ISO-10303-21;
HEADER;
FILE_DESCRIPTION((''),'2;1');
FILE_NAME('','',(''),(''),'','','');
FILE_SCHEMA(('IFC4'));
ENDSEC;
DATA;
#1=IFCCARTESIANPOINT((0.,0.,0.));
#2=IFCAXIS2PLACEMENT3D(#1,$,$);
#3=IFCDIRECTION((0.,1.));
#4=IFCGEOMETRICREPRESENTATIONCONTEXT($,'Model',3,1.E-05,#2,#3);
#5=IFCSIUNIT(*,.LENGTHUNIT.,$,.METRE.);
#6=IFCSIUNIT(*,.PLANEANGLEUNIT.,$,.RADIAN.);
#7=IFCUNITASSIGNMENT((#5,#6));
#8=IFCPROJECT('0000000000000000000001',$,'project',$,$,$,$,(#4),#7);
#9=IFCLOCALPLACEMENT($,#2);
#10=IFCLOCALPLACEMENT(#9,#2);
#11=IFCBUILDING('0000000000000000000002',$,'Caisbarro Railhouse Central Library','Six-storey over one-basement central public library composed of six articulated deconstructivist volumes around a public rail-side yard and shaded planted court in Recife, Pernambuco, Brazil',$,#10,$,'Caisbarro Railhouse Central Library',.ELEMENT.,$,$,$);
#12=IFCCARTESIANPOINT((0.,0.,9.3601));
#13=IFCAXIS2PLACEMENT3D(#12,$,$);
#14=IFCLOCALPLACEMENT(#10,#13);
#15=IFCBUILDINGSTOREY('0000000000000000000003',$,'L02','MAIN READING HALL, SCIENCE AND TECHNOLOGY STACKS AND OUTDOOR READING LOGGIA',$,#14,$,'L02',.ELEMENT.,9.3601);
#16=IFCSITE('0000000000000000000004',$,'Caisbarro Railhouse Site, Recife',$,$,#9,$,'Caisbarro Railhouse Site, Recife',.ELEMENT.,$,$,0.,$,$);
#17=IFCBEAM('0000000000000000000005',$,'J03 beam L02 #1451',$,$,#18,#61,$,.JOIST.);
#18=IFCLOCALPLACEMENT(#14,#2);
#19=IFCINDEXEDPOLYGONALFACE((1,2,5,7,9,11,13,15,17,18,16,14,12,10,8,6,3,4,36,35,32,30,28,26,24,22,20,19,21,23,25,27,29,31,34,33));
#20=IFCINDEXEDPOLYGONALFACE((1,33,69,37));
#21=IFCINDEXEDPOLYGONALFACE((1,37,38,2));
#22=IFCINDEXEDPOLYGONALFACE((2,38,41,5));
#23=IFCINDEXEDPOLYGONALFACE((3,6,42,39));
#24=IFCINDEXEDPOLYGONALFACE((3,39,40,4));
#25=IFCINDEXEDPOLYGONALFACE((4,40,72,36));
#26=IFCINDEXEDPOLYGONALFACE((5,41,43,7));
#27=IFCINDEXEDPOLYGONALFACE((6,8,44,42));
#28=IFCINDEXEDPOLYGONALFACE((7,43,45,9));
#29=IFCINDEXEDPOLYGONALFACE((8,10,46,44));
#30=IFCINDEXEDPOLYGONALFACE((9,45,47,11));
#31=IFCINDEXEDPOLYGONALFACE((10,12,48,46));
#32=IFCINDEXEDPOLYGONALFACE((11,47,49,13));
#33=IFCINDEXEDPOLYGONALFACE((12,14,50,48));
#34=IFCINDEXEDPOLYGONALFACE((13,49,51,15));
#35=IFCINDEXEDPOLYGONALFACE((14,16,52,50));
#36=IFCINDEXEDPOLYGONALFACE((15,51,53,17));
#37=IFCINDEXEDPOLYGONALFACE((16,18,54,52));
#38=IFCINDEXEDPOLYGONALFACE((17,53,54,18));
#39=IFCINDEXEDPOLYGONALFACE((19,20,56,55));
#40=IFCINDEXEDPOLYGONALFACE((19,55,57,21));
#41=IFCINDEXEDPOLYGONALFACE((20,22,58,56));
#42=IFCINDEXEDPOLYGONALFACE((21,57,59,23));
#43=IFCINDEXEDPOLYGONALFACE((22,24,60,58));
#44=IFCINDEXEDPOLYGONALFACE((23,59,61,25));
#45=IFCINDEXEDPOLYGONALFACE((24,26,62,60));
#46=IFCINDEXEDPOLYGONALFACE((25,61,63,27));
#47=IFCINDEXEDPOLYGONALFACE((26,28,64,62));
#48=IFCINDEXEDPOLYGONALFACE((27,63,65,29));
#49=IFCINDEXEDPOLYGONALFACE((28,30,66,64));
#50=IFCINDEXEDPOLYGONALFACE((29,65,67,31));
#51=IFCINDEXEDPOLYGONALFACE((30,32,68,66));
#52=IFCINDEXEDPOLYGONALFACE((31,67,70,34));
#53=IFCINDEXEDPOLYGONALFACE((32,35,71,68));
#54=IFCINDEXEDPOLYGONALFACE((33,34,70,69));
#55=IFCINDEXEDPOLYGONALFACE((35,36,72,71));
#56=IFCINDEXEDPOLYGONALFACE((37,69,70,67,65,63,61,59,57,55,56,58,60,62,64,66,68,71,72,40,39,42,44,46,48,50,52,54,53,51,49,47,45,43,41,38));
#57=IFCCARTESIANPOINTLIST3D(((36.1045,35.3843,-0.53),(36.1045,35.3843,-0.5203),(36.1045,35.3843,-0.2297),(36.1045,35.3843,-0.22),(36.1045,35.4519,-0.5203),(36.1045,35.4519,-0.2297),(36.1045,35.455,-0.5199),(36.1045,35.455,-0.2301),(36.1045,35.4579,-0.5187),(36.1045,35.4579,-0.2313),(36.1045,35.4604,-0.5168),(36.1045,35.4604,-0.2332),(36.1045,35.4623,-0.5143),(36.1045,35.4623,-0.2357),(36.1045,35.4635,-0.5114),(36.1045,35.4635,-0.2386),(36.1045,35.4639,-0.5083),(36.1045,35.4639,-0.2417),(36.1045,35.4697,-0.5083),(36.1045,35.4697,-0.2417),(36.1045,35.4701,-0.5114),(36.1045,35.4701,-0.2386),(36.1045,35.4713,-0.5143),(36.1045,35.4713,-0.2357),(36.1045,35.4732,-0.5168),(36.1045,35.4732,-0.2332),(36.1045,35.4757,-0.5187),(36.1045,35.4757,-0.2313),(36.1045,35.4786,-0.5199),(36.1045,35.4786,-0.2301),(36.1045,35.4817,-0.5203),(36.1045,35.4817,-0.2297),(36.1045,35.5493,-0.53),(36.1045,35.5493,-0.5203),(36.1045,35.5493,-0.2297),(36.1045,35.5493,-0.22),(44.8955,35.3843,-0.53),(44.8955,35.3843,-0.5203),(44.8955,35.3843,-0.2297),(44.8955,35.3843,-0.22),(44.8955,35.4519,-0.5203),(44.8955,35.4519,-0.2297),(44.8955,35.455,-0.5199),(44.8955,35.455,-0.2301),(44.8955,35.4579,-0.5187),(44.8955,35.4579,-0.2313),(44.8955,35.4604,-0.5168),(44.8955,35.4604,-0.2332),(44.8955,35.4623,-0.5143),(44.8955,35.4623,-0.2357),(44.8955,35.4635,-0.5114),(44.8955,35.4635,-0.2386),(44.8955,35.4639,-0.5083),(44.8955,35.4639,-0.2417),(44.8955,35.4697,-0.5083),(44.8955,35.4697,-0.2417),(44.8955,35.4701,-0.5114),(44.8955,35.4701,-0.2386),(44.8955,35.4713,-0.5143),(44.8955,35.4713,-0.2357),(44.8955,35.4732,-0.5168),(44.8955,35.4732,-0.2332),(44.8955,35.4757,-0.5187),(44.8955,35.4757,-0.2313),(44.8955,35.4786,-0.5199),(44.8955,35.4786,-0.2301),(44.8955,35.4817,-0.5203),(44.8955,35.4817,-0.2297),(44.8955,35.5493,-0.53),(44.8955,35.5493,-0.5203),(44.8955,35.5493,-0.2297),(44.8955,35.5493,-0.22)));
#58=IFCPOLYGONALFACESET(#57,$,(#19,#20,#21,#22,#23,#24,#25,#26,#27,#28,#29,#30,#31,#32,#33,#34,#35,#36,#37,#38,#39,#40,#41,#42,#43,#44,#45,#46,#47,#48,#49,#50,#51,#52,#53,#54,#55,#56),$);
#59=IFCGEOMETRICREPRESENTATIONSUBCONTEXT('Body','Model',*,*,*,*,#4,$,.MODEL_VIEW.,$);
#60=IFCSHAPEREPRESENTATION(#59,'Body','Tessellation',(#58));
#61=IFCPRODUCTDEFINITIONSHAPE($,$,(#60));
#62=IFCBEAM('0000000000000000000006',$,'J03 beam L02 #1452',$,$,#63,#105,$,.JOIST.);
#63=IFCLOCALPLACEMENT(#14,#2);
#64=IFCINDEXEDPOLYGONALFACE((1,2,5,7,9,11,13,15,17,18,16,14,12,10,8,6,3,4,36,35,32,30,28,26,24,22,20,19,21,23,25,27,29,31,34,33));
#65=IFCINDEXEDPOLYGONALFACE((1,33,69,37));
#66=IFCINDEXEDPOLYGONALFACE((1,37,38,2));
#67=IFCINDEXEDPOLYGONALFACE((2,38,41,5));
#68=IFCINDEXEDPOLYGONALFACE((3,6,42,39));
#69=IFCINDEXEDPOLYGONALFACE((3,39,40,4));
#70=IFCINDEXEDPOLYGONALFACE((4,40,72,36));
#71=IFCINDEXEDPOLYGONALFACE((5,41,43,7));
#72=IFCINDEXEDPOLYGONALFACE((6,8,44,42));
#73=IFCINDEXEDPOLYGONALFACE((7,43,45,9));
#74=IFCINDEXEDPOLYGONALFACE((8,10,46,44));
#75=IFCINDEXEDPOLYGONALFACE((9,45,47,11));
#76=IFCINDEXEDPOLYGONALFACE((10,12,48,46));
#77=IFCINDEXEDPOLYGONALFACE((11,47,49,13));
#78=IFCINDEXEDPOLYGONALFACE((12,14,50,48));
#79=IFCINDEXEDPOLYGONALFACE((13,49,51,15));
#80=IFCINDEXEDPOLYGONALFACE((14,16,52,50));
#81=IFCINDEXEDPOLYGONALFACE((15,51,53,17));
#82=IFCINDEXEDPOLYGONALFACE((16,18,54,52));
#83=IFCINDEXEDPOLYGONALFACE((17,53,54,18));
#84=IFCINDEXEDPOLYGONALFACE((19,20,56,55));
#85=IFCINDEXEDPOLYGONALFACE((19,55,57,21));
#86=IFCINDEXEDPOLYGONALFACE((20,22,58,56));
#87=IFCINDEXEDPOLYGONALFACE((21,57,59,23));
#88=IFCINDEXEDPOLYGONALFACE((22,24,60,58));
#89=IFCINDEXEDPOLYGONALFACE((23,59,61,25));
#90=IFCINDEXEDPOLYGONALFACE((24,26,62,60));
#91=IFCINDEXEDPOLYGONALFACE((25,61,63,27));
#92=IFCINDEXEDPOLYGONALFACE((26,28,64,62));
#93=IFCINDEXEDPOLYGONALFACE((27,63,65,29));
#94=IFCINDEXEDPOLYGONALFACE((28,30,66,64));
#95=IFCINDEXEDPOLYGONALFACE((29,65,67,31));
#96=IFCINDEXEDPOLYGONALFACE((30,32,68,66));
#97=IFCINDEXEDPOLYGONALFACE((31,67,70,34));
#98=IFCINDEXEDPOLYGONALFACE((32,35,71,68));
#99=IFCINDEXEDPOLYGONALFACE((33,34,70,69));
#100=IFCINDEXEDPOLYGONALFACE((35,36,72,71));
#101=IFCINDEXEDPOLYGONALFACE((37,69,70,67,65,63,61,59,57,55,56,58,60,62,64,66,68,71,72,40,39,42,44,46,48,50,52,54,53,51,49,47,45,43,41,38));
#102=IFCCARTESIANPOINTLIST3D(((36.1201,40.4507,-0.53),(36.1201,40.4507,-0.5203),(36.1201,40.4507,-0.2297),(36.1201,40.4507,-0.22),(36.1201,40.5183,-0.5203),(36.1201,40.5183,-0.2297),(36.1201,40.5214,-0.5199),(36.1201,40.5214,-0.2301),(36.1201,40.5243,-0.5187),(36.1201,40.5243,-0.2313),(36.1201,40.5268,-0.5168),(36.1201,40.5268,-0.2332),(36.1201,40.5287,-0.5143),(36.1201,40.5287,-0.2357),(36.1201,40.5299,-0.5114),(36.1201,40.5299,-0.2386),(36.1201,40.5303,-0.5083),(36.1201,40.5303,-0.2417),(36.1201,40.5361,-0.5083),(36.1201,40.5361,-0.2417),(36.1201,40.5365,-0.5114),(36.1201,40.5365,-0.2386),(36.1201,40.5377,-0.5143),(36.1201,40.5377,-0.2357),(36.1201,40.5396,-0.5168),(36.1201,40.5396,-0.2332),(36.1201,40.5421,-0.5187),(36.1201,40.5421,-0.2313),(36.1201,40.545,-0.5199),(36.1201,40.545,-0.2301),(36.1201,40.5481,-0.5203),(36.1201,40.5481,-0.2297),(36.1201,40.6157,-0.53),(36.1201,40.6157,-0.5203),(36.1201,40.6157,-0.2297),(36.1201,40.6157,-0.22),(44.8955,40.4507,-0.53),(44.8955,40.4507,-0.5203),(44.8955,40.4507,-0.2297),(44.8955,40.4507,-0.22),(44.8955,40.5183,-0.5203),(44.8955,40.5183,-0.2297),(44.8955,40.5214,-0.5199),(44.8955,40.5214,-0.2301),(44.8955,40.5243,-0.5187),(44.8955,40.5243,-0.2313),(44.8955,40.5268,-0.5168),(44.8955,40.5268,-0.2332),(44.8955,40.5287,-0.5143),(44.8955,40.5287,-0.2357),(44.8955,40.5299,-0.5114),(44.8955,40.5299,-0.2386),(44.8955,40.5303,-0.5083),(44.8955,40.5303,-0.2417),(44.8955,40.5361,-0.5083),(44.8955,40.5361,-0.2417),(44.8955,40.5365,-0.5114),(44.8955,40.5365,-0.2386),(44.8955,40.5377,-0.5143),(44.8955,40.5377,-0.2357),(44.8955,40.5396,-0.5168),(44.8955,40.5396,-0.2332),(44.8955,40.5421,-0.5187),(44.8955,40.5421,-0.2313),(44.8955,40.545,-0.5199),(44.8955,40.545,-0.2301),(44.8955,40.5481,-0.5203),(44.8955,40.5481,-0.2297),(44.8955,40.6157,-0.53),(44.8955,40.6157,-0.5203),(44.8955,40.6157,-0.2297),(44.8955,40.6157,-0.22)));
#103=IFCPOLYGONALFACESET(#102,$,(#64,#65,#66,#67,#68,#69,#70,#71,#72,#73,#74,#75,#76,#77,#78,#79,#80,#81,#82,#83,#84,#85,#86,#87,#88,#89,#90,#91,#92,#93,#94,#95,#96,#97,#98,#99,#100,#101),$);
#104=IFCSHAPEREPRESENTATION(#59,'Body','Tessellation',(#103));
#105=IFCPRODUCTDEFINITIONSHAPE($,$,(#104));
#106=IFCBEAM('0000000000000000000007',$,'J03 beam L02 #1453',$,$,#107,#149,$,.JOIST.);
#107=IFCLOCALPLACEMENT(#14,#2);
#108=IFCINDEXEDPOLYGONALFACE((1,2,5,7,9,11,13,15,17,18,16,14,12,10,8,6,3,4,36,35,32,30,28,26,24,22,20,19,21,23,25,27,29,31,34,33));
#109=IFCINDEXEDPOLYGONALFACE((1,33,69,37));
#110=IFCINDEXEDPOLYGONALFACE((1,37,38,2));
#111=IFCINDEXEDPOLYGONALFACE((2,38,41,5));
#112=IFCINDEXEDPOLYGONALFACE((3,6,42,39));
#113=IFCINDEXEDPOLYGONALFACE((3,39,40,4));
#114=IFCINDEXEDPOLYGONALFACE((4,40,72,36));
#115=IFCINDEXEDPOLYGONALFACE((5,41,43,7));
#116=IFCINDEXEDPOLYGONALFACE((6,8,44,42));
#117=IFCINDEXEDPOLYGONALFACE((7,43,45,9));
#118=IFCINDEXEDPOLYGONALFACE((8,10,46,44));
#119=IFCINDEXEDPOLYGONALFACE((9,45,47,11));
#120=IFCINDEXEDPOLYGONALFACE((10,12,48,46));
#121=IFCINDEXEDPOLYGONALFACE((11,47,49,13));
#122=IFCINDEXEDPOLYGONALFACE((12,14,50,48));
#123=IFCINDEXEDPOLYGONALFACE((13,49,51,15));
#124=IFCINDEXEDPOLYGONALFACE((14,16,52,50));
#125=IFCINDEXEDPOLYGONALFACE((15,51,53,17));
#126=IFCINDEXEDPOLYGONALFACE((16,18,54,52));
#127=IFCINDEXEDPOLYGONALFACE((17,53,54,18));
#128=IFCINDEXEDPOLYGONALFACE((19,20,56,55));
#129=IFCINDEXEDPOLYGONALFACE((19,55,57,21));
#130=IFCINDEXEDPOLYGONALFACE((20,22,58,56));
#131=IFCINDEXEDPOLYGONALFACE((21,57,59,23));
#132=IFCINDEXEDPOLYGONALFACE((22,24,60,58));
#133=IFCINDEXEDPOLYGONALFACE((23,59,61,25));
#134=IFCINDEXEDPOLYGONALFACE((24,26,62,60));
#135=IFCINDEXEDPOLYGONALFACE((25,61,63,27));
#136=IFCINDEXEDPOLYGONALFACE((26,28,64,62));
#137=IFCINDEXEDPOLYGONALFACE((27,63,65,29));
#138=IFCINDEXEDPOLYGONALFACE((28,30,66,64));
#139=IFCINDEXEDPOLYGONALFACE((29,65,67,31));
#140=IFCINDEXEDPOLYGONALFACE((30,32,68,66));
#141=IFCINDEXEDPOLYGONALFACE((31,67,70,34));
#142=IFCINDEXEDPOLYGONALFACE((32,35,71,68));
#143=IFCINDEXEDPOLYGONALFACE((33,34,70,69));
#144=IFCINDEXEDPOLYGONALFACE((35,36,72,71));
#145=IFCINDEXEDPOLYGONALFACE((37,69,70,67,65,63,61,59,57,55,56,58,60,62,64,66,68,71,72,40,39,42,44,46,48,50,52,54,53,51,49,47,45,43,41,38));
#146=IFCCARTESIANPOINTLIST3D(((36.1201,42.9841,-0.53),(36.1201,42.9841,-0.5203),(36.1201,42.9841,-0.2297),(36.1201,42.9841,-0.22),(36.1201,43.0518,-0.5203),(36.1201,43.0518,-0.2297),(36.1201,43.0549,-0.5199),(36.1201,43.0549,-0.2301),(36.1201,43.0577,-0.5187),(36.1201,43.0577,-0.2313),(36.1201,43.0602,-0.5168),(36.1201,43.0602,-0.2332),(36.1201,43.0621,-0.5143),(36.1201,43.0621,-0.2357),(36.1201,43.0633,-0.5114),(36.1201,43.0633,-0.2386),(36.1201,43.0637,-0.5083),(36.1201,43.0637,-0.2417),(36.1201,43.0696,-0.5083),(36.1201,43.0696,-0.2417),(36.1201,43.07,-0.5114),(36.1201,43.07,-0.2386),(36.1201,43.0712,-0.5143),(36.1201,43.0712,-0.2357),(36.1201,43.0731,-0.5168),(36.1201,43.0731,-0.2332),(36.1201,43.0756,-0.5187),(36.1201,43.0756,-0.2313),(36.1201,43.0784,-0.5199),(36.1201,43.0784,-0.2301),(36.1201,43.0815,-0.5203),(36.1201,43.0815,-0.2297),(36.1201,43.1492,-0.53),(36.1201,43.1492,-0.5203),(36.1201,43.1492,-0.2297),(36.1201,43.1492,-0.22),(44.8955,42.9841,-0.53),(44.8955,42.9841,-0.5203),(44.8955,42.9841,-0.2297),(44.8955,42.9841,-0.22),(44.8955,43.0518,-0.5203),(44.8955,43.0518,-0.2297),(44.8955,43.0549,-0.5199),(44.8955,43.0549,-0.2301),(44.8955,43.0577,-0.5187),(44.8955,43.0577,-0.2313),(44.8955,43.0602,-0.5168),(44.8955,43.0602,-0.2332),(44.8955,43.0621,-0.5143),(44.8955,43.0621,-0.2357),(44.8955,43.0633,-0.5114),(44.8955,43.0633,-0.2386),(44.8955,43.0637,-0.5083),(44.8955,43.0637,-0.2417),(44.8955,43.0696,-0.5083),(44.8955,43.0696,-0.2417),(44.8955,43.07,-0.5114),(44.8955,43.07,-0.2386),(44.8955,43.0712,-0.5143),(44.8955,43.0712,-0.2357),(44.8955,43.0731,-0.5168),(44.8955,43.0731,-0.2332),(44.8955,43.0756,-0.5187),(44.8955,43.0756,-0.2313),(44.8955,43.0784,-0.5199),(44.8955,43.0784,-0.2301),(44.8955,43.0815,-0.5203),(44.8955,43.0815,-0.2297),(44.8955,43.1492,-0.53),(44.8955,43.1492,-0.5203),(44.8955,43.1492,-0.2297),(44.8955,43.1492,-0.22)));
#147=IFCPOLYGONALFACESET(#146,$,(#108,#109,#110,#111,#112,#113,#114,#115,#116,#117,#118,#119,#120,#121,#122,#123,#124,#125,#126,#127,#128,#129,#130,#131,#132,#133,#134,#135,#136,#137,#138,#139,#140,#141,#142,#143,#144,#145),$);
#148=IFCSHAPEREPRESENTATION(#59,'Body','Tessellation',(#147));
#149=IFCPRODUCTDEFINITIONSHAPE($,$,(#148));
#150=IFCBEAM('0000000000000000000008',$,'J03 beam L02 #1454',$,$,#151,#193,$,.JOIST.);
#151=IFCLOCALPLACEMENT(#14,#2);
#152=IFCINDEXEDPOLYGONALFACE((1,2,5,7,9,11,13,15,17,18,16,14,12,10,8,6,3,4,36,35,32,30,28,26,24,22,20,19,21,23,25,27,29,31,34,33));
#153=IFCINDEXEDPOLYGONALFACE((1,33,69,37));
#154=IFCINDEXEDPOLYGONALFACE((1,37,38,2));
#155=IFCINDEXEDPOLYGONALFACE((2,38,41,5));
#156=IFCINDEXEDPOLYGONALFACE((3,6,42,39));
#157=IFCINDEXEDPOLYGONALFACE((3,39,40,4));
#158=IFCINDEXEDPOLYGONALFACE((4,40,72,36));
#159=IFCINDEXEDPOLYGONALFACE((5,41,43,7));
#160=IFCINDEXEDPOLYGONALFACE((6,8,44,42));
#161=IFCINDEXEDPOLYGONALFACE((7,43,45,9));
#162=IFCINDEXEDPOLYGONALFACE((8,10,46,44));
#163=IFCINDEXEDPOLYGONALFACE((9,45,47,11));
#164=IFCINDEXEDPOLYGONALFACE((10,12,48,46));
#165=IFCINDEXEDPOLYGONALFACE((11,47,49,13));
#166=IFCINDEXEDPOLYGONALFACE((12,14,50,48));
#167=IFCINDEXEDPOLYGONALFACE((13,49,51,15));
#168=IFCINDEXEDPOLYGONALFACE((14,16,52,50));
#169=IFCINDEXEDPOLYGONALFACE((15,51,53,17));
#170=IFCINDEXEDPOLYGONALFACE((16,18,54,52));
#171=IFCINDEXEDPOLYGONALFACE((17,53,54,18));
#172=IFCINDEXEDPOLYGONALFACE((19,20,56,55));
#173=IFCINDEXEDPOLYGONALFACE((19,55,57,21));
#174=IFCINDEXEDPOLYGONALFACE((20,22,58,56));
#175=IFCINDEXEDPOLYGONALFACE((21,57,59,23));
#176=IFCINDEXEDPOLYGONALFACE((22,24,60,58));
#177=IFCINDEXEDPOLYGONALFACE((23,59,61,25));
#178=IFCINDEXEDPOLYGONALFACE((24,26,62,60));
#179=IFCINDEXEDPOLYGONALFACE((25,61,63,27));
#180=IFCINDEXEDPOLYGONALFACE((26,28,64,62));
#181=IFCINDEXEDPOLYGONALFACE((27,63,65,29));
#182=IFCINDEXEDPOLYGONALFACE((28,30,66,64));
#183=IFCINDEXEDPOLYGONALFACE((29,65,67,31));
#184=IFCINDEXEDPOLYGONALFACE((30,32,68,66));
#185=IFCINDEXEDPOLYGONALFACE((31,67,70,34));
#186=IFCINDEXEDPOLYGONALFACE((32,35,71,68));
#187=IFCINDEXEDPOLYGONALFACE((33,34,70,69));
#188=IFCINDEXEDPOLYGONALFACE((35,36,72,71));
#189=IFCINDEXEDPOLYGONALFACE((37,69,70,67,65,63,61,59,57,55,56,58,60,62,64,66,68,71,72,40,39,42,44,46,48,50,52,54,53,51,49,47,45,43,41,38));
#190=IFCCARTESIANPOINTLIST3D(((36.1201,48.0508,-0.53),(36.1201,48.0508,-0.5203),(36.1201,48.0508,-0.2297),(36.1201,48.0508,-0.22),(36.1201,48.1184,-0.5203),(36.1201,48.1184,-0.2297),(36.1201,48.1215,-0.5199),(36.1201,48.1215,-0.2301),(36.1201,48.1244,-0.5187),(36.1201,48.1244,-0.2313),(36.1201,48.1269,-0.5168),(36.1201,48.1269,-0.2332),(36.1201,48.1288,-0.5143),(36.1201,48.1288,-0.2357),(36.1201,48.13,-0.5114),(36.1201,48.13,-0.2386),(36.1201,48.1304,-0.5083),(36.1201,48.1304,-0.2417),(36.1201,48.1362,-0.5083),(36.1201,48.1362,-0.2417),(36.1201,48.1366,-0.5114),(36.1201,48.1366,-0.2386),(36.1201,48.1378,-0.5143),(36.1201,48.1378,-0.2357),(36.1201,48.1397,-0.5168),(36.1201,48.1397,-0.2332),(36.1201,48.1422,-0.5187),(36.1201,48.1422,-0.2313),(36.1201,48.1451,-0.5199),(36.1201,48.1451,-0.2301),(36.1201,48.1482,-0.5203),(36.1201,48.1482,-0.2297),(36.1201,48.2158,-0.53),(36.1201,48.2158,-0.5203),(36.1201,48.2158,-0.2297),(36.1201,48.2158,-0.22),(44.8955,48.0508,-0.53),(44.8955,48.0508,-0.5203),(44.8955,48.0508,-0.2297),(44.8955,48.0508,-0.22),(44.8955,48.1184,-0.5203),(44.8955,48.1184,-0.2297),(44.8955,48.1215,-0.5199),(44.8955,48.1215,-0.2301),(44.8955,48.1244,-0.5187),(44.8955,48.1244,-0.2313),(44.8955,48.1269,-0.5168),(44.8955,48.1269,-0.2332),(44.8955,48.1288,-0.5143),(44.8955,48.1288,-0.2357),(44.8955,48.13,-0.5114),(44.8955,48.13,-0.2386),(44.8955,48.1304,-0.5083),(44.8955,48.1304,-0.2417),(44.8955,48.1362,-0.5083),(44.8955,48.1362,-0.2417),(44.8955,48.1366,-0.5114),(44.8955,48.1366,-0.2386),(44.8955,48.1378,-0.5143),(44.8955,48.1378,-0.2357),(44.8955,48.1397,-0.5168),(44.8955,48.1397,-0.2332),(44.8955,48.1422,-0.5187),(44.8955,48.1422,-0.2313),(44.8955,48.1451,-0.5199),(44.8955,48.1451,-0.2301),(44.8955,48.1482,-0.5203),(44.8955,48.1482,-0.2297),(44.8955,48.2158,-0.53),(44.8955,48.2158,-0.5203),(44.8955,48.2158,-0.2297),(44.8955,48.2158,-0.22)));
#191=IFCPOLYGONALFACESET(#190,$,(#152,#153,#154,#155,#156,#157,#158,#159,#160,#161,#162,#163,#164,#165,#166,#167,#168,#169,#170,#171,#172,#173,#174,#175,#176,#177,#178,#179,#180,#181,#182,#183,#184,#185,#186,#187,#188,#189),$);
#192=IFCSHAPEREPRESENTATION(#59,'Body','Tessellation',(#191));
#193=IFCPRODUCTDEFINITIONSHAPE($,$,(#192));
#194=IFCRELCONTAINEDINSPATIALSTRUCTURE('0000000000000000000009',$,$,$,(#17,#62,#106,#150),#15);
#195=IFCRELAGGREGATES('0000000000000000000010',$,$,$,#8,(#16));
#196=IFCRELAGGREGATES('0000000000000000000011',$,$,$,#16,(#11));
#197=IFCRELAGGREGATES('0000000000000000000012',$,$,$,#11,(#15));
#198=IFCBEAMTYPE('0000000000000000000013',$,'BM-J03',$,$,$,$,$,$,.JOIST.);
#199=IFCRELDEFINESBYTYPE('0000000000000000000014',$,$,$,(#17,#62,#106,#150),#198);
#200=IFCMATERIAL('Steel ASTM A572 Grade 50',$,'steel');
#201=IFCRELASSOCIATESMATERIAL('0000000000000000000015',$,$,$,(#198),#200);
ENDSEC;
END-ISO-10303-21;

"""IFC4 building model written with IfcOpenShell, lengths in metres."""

from ifc_helpers import new_model, si_unit, direction, frame, origin, origin_2d, place, context, subcontext, project, spatial, i_section, extrude, material, material_profile, profile_set, type_object, element, save


model = new_model("IFC4")

# Units and contexts
model_context = context("Model", 3, precision=1e-05, world=origin(), true_north=direction((0.0, 1.0)))
body_context = subcontext(model_context, "Body", "Model", "MODEL_VIEW")
ifc_project = project(units=[si_unit("LENGTHUNIT", "METRE"), si_unit("PLANEANGLEUNIT", "RADIAN")], contexts=[model_context])

# Site, building, storey
site_placement = place(None, origin())
site = spatial("IfcSite", under=ifc_project, at=site_placement, Name="Caisbarro Railhouse Site, Recife", LongName="Caisbarro Railhouse Site, Recife", CompositionType="ELEMENT", RefElevation=0.0)
building_placement = place(site_placement, origin())
building = spatial("IfcBuilding", under=site, at=building_placement, Name="Caisbarro Railhouse Central Library", Description="Six-storey over one-basement central public library composed of six articulated deconstructivist volumes around a public rail-side yard and shaded planted court in Recife, Pernambuco, Brazil", LongName="Caisbarro Railhouse Central Library", CompositionType="ELEMENT")
storey_placement = place(building_placement, frame((0.0, 0.0, 9.3601)))
storey = spatial("IfcBuildingStorey", under=building, at=storey_placement, Name="L02", Description="MAIN READING HALL, SCIENCE AND TECHNOLOGY STACKS AND OUTDOOR READING LOGGIA", LongName="L02", CompositionType="ELEMENT", Elevation=9.3601)

# Beams
ifc_material_1 = material(Name="Steel ASTM A572 Grade 50", Category="steel")
ifc_material_profile_1 = material_profile(ifc_material_1, i_section(OverallWidth=0.165, OverallDepth=0.3101, WebThickness=0.0059, FlangeThickness=0.0098, FilletRadius=0.012, at=origin_2d()), Name="W310X38.7")
ifc_profile_set_1 = profile_set([ifc_material_profile_1], Name="Steel ASTM A572 Grade 50")
beam_type_1 = type_object("IfcBeamType", Name="BM-J03", PredefinedType="JOIST", material=ifc_profile_set_1)
beam_1_placement = place(storey_placement, frame((36.1045, 35.4668, -0.375), z_axis=(1.0, 0.0, 0.0), x_axis=(0.0, 1.0, 0.0)))
element("IfcBeam", 1, at=beam_1_placement, inside=storey, type_object=beam_type_1, Name="J03 beam L02 #1451", PredefinedType="JOIST", context=body_context, shape_type="SweptSolid", body=[
    extrude(i_section(OverallWidth=0.165, OverallDepth=0.3101, WebThickness=0.0059, FlangeThickness=0.0098, FilletRadius=0.012, at=origin_2d()), origin(), (0.0, 0.0, 1.0), 8.791),
])
for number, where, z_axis, x_axis, name in (
    (2, (36.1201, 40.5332, -0.375), (1.0, 0.0, 0.0), (0.0, 1.0, 0.0), "J03 beam L02 #1452"),
    (3, (36.1201, 43.0667, -0.375), (1.0, 0.0, 0.0), (0.0, 1.0, 0.0), "J03 beam L02 #1453"),
    (4, (36.1201, 48.1333, -0.375), (1.0, 0.0, 0.0), (0.0, 1.0, 0.0), "J03 beam L02 #1454"),
):
    element("IfcBeam", number, at=place(storey_placement, frame(where, z_axis=z_axis, x_axis=x_axis)), inside=storey, type_object=beam_type_1, Name=name, PredefinedType="JOIST", context=body_context, shape_type="SweptSolid", body=[
        extrude(i_section(OverallWidth=0.165, OverallDepth=0.3101, WebThickness=0.0059, FlangeThickness=0.0098, FilletRadius=0.012, at=origin_2d()), origin(), (0.0, 0.0, 1.0), 8.7754),
    ])

save(model, "model.ifc")
